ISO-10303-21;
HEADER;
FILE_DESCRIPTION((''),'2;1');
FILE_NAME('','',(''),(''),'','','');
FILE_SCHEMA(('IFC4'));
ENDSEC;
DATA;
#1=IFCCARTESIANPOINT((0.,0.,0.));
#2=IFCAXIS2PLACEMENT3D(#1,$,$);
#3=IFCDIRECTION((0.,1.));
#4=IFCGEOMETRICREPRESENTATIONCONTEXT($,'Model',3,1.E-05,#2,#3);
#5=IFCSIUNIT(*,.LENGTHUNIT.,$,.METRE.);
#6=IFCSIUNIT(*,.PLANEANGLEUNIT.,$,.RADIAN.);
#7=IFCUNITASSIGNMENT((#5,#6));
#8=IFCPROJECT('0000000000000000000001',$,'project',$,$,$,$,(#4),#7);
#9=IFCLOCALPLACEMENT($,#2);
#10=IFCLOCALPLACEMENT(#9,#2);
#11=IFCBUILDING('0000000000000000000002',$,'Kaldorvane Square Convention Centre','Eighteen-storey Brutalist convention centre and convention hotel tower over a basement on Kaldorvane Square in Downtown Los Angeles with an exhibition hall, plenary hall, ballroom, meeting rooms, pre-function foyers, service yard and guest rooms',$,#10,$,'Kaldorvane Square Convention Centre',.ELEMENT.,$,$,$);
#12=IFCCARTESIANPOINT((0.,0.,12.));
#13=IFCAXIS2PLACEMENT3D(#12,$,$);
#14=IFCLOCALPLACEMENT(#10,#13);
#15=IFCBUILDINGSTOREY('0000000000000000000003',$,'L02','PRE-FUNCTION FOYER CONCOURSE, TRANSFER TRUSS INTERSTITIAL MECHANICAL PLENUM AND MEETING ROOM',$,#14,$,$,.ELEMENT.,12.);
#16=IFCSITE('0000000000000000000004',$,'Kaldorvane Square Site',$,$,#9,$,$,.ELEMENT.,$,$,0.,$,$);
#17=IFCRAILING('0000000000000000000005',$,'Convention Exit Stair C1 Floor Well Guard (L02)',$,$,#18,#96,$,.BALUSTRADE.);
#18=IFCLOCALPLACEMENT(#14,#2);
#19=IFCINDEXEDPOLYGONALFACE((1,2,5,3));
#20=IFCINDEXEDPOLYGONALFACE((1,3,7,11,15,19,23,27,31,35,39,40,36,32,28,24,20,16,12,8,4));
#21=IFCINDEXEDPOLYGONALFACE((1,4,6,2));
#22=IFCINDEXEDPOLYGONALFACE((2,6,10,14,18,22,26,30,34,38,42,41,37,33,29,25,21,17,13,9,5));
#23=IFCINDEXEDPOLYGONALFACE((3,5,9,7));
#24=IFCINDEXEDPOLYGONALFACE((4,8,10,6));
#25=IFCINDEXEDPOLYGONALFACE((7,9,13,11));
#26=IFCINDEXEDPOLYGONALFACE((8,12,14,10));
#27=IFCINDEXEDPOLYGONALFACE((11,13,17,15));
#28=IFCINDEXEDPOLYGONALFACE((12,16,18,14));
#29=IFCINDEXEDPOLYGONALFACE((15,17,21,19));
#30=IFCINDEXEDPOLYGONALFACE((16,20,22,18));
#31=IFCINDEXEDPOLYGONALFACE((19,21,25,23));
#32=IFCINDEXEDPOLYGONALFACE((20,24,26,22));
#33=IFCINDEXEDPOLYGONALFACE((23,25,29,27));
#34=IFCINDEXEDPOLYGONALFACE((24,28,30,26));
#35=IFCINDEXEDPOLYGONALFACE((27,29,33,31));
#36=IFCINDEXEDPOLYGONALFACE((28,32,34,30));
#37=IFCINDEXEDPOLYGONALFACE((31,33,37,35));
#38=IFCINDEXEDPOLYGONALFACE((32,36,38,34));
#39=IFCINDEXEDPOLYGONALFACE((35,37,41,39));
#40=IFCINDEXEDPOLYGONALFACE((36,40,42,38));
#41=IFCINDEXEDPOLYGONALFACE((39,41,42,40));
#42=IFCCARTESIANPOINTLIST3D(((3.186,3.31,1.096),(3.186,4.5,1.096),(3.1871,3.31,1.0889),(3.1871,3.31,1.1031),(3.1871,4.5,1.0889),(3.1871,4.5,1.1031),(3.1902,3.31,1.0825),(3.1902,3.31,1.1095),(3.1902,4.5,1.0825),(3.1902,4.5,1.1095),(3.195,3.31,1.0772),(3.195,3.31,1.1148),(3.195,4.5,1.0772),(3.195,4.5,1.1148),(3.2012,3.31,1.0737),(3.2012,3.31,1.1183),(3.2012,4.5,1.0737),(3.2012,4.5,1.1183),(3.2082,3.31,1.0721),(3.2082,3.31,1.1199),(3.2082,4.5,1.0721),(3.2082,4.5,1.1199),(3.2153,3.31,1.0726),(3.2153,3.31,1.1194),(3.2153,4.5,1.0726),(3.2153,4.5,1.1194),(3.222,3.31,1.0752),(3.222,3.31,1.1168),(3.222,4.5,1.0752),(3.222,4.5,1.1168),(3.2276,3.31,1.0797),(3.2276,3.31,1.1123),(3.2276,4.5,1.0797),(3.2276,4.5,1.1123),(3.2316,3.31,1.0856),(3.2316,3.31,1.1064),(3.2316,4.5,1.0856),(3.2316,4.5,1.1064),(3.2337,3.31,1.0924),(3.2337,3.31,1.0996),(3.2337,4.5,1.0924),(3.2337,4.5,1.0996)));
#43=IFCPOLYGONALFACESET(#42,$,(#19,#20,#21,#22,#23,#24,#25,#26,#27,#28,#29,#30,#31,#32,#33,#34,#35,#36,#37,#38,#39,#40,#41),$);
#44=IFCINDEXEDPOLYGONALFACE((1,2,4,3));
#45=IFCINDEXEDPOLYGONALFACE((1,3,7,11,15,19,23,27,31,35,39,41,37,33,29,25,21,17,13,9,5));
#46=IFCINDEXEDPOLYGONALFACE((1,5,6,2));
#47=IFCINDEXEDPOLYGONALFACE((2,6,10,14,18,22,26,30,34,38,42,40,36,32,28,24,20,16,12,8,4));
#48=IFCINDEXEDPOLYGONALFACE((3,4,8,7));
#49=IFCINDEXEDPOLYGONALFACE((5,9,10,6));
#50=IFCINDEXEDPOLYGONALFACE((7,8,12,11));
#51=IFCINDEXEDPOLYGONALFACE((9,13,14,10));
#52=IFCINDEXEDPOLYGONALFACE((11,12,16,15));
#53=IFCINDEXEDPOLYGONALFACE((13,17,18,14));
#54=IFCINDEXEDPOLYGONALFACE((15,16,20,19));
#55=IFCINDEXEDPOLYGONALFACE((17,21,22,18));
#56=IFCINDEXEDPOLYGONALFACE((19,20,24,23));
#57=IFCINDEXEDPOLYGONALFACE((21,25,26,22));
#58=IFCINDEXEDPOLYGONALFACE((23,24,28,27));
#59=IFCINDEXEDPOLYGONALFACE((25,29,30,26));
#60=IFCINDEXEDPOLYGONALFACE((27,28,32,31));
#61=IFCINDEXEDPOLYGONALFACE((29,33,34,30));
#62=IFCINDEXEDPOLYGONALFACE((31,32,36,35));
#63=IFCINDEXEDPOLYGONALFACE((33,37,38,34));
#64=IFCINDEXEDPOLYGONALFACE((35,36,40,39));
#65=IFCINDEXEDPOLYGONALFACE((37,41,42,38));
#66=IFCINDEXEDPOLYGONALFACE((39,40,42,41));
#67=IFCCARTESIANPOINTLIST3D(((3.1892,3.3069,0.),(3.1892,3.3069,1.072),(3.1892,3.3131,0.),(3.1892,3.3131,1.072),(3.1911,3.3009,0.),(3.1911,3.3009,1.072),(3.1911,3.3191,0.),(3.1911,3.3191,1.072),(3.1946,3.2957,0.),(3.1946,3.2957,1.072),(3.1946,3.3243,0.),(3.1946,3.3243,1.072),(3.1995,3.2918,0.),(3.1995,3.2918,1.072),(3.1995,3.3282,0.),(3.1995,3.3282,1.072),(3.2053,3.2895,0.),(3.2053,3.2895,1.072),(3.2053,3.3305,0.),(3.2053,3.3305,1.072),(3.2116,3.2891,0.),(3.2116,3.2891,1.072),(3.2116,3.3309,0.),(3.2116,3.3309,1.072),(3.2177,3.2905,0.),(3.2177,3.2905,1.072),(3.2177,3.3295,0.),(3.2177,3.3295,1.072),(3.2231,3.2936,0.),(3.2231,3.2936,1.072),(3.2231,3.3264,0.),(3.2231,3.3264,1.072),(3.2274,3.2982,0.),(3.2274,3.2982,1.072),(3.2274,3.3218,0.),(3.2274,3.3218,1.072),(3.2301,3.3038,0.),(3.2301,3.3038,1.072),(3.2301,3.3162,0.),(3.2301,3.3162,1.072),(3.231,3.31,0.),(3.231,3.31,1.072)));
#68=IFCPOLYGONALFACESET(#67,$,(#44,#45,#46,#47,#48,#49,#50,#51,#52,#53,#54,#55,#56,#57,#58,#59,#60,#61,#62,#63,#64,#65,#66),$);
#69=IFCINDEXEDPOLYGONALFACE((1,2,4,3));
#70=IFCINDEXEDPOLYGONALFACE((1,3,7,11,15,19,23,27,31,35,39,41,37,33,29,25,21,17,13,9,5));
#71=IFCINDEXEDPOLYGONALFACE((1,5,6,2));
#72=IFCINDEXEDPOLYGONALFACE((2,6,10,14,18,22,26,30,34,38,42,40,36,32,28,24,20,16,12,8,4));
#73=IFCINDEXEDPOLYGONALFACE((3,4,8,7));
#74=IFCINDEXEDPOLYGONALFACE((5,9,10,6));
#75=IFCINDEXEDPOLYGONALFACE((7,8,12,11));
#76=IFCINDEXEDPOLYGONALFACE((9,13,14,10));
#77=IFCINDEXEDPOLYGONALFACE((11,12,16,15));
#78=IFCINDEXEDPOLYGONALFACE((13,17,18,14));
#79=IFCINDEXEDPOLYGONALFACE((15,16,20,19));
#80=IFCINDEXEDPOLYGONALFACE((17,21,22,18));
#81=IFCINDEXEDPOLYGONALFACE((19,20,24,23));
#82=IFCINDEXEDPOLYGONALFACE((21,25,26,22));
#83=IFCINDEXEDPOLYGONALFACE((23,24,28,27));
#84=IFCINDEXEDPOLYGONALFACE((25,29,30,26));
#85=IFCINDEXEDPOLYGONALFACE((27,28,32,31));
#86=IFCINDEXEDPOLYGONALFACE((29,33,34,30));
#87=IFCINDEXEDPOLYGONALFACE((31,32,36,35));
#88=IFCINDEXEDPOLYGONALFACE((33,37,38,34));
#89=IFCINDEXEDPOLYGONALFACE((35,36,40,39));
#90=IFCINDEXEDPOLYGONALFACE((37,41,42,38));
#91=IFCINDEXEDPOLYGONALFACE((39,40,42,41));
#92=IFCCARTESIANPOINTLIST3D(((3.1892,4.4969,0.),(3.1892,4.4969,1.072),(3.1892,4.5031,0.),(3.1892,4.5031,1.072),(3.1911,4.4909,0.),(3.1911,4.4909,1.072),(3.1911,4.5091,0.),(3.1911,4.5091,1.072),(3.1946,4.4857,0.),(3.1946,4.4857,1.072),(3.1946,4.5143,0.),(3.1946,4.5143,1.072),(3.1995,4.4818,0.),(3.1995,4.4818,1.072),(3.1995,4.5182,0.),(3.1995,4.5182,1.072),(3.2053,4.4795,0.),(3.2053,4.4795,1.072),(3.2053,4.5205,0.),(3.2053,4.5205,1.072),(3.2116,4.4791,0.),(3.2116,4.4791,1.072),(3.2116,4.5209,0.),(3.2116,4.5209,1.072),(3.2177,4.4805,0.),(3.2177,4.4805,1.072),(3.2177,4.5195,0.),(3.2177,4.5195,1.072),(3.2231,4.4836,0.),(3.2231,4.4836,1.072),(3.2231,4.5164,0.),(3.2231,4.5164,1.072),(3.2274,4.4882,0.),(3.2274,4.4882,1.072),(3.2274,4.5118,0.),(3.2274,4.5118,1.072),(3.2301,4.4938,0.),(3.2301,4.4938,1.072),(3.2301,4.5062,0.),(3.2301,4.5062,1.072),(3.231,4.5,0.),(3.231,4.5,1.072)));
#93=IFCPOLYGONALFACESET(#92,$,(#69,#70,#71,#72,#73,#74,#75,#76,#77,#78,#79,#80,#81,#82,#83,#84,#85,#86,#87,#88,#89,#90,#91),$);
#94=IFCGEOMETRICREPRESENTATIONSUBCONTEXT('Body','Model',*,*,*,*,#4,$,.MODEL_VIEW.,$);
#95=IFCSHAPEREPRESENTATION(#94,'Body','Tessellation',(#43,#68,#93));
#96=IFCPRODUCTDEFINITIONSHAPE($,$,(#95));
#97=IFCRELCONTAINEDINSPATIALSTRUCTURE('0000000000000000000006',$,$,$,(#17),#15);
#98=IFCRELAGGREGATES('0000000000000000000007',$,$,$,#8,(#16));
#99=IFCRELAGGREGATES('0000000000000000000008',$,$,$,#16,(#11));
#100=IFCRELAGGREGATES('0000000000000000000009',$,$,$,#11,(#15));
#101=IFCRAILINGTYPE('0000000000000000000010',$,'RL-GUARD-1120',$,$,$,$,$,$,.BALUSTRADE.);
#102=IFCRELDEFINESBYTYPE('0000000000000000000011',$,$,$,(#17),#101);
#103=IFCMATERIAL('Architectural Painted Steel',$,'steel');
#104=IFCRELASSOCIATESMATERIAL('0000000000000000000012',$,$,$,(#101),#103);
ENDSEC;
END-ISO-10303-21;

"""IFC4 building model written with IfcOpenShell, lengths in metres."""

from ifc_helpers import new_model, si_unit, direction, frame, origin, origin_2d, place, context, subcontext, project, spatial, circle, extrude, material, type_object, element, save


model = new_model("IFC4")

# Units and contexts
model_context = context("Model", 3, precision=1e-05, world=origin(), true_north=direction((0.0, 1.0)))
body_context = subcontext(model_context, "Body", "Model", "MODEL_VIEW")
ifc_project = project(units=[si_unit("LENGTHUNIT", "METRE"), si_unit("PLANEANGLEUNIT", "RADIAN")], contexts=[model_context])

# Site, building, storey
site_placement = place(None, origin())
site = spatial("IfcSite", under=ifc_project, at=site_placement, Name="Kaldorvane Square Site", CompositionType="ELEMENT", RefElevation=0.0)
building_placement = place(site_placement, origin())
building = spatial("IfcBuilding", under=site, at=building_placement, Name="Kaldorvane Square Convention Centre", Description="Eighteen-storey Brutalist convention centre and convention hotel tower over a basement on Kaldorvane Square in Downtown Los Angeles with an exhibition hall, plenary hall, ballroom, meeting rooms, pre-function foyers, service yard and guest rooms", LongName="Kaldorvane Square Convention Centre", CompositionType="ELEMENT")
storey_placement = place(building_placement, frame((0.0, 0.0, 12.0)))
storey = spatial("IfcBuildingStorey", under=building, at=storey_placement, Name="L02", Description="PRE-FUNCTION FOYER CONCOURSE, TRANSFER TRUSS INTERSTITIAL MECHANICAL PLENUM AND MEETING ROOM", CompositionType="ELEMENT", Elevation=12.0)

# Railing
ifc_material_1 = material(Name="Architectural Painted Steel", Category="steel")
railing_type_1 = type_object("IfcRailingType", Name="RL-GUARD-1120", PredefinedType="BALUSTRADE", material=ifc_material_1)
railing_1_placement = place(storey_placement, frame((3.21, 3.31, 0.0)))
element("IfcRailing", 1, at=railing_1_placement, inside=storey, type_object=railing_type_1, Name="Convention Exit Stair C1 Floor Well Guard (L02)", PredefinedType="BALUSTRADE", context=body_context, shape_type="SweptSolid", body=[
    extrude(circle(Radius=0.024, at=origin_2d()), frame((0.0, 0.0, 1.096), z_axis=(0.0, 1.0, 0.0), x_axis=(-1.0, 0.0, 0.0)), (0.0, 0.0, 1.0), 1.19),
    extrude(circle(Radius=0.021, at=origin_2d()), origin(), (0.0, 0.0, 1.0), 1.072),
    extrude(circle(Radius=0.021, at=origin_2d()), frame((0.0, 1.19, 0.0)), (0.0, 0.0, 1.0), 1.072),
])

save(model, "model.ifc")
